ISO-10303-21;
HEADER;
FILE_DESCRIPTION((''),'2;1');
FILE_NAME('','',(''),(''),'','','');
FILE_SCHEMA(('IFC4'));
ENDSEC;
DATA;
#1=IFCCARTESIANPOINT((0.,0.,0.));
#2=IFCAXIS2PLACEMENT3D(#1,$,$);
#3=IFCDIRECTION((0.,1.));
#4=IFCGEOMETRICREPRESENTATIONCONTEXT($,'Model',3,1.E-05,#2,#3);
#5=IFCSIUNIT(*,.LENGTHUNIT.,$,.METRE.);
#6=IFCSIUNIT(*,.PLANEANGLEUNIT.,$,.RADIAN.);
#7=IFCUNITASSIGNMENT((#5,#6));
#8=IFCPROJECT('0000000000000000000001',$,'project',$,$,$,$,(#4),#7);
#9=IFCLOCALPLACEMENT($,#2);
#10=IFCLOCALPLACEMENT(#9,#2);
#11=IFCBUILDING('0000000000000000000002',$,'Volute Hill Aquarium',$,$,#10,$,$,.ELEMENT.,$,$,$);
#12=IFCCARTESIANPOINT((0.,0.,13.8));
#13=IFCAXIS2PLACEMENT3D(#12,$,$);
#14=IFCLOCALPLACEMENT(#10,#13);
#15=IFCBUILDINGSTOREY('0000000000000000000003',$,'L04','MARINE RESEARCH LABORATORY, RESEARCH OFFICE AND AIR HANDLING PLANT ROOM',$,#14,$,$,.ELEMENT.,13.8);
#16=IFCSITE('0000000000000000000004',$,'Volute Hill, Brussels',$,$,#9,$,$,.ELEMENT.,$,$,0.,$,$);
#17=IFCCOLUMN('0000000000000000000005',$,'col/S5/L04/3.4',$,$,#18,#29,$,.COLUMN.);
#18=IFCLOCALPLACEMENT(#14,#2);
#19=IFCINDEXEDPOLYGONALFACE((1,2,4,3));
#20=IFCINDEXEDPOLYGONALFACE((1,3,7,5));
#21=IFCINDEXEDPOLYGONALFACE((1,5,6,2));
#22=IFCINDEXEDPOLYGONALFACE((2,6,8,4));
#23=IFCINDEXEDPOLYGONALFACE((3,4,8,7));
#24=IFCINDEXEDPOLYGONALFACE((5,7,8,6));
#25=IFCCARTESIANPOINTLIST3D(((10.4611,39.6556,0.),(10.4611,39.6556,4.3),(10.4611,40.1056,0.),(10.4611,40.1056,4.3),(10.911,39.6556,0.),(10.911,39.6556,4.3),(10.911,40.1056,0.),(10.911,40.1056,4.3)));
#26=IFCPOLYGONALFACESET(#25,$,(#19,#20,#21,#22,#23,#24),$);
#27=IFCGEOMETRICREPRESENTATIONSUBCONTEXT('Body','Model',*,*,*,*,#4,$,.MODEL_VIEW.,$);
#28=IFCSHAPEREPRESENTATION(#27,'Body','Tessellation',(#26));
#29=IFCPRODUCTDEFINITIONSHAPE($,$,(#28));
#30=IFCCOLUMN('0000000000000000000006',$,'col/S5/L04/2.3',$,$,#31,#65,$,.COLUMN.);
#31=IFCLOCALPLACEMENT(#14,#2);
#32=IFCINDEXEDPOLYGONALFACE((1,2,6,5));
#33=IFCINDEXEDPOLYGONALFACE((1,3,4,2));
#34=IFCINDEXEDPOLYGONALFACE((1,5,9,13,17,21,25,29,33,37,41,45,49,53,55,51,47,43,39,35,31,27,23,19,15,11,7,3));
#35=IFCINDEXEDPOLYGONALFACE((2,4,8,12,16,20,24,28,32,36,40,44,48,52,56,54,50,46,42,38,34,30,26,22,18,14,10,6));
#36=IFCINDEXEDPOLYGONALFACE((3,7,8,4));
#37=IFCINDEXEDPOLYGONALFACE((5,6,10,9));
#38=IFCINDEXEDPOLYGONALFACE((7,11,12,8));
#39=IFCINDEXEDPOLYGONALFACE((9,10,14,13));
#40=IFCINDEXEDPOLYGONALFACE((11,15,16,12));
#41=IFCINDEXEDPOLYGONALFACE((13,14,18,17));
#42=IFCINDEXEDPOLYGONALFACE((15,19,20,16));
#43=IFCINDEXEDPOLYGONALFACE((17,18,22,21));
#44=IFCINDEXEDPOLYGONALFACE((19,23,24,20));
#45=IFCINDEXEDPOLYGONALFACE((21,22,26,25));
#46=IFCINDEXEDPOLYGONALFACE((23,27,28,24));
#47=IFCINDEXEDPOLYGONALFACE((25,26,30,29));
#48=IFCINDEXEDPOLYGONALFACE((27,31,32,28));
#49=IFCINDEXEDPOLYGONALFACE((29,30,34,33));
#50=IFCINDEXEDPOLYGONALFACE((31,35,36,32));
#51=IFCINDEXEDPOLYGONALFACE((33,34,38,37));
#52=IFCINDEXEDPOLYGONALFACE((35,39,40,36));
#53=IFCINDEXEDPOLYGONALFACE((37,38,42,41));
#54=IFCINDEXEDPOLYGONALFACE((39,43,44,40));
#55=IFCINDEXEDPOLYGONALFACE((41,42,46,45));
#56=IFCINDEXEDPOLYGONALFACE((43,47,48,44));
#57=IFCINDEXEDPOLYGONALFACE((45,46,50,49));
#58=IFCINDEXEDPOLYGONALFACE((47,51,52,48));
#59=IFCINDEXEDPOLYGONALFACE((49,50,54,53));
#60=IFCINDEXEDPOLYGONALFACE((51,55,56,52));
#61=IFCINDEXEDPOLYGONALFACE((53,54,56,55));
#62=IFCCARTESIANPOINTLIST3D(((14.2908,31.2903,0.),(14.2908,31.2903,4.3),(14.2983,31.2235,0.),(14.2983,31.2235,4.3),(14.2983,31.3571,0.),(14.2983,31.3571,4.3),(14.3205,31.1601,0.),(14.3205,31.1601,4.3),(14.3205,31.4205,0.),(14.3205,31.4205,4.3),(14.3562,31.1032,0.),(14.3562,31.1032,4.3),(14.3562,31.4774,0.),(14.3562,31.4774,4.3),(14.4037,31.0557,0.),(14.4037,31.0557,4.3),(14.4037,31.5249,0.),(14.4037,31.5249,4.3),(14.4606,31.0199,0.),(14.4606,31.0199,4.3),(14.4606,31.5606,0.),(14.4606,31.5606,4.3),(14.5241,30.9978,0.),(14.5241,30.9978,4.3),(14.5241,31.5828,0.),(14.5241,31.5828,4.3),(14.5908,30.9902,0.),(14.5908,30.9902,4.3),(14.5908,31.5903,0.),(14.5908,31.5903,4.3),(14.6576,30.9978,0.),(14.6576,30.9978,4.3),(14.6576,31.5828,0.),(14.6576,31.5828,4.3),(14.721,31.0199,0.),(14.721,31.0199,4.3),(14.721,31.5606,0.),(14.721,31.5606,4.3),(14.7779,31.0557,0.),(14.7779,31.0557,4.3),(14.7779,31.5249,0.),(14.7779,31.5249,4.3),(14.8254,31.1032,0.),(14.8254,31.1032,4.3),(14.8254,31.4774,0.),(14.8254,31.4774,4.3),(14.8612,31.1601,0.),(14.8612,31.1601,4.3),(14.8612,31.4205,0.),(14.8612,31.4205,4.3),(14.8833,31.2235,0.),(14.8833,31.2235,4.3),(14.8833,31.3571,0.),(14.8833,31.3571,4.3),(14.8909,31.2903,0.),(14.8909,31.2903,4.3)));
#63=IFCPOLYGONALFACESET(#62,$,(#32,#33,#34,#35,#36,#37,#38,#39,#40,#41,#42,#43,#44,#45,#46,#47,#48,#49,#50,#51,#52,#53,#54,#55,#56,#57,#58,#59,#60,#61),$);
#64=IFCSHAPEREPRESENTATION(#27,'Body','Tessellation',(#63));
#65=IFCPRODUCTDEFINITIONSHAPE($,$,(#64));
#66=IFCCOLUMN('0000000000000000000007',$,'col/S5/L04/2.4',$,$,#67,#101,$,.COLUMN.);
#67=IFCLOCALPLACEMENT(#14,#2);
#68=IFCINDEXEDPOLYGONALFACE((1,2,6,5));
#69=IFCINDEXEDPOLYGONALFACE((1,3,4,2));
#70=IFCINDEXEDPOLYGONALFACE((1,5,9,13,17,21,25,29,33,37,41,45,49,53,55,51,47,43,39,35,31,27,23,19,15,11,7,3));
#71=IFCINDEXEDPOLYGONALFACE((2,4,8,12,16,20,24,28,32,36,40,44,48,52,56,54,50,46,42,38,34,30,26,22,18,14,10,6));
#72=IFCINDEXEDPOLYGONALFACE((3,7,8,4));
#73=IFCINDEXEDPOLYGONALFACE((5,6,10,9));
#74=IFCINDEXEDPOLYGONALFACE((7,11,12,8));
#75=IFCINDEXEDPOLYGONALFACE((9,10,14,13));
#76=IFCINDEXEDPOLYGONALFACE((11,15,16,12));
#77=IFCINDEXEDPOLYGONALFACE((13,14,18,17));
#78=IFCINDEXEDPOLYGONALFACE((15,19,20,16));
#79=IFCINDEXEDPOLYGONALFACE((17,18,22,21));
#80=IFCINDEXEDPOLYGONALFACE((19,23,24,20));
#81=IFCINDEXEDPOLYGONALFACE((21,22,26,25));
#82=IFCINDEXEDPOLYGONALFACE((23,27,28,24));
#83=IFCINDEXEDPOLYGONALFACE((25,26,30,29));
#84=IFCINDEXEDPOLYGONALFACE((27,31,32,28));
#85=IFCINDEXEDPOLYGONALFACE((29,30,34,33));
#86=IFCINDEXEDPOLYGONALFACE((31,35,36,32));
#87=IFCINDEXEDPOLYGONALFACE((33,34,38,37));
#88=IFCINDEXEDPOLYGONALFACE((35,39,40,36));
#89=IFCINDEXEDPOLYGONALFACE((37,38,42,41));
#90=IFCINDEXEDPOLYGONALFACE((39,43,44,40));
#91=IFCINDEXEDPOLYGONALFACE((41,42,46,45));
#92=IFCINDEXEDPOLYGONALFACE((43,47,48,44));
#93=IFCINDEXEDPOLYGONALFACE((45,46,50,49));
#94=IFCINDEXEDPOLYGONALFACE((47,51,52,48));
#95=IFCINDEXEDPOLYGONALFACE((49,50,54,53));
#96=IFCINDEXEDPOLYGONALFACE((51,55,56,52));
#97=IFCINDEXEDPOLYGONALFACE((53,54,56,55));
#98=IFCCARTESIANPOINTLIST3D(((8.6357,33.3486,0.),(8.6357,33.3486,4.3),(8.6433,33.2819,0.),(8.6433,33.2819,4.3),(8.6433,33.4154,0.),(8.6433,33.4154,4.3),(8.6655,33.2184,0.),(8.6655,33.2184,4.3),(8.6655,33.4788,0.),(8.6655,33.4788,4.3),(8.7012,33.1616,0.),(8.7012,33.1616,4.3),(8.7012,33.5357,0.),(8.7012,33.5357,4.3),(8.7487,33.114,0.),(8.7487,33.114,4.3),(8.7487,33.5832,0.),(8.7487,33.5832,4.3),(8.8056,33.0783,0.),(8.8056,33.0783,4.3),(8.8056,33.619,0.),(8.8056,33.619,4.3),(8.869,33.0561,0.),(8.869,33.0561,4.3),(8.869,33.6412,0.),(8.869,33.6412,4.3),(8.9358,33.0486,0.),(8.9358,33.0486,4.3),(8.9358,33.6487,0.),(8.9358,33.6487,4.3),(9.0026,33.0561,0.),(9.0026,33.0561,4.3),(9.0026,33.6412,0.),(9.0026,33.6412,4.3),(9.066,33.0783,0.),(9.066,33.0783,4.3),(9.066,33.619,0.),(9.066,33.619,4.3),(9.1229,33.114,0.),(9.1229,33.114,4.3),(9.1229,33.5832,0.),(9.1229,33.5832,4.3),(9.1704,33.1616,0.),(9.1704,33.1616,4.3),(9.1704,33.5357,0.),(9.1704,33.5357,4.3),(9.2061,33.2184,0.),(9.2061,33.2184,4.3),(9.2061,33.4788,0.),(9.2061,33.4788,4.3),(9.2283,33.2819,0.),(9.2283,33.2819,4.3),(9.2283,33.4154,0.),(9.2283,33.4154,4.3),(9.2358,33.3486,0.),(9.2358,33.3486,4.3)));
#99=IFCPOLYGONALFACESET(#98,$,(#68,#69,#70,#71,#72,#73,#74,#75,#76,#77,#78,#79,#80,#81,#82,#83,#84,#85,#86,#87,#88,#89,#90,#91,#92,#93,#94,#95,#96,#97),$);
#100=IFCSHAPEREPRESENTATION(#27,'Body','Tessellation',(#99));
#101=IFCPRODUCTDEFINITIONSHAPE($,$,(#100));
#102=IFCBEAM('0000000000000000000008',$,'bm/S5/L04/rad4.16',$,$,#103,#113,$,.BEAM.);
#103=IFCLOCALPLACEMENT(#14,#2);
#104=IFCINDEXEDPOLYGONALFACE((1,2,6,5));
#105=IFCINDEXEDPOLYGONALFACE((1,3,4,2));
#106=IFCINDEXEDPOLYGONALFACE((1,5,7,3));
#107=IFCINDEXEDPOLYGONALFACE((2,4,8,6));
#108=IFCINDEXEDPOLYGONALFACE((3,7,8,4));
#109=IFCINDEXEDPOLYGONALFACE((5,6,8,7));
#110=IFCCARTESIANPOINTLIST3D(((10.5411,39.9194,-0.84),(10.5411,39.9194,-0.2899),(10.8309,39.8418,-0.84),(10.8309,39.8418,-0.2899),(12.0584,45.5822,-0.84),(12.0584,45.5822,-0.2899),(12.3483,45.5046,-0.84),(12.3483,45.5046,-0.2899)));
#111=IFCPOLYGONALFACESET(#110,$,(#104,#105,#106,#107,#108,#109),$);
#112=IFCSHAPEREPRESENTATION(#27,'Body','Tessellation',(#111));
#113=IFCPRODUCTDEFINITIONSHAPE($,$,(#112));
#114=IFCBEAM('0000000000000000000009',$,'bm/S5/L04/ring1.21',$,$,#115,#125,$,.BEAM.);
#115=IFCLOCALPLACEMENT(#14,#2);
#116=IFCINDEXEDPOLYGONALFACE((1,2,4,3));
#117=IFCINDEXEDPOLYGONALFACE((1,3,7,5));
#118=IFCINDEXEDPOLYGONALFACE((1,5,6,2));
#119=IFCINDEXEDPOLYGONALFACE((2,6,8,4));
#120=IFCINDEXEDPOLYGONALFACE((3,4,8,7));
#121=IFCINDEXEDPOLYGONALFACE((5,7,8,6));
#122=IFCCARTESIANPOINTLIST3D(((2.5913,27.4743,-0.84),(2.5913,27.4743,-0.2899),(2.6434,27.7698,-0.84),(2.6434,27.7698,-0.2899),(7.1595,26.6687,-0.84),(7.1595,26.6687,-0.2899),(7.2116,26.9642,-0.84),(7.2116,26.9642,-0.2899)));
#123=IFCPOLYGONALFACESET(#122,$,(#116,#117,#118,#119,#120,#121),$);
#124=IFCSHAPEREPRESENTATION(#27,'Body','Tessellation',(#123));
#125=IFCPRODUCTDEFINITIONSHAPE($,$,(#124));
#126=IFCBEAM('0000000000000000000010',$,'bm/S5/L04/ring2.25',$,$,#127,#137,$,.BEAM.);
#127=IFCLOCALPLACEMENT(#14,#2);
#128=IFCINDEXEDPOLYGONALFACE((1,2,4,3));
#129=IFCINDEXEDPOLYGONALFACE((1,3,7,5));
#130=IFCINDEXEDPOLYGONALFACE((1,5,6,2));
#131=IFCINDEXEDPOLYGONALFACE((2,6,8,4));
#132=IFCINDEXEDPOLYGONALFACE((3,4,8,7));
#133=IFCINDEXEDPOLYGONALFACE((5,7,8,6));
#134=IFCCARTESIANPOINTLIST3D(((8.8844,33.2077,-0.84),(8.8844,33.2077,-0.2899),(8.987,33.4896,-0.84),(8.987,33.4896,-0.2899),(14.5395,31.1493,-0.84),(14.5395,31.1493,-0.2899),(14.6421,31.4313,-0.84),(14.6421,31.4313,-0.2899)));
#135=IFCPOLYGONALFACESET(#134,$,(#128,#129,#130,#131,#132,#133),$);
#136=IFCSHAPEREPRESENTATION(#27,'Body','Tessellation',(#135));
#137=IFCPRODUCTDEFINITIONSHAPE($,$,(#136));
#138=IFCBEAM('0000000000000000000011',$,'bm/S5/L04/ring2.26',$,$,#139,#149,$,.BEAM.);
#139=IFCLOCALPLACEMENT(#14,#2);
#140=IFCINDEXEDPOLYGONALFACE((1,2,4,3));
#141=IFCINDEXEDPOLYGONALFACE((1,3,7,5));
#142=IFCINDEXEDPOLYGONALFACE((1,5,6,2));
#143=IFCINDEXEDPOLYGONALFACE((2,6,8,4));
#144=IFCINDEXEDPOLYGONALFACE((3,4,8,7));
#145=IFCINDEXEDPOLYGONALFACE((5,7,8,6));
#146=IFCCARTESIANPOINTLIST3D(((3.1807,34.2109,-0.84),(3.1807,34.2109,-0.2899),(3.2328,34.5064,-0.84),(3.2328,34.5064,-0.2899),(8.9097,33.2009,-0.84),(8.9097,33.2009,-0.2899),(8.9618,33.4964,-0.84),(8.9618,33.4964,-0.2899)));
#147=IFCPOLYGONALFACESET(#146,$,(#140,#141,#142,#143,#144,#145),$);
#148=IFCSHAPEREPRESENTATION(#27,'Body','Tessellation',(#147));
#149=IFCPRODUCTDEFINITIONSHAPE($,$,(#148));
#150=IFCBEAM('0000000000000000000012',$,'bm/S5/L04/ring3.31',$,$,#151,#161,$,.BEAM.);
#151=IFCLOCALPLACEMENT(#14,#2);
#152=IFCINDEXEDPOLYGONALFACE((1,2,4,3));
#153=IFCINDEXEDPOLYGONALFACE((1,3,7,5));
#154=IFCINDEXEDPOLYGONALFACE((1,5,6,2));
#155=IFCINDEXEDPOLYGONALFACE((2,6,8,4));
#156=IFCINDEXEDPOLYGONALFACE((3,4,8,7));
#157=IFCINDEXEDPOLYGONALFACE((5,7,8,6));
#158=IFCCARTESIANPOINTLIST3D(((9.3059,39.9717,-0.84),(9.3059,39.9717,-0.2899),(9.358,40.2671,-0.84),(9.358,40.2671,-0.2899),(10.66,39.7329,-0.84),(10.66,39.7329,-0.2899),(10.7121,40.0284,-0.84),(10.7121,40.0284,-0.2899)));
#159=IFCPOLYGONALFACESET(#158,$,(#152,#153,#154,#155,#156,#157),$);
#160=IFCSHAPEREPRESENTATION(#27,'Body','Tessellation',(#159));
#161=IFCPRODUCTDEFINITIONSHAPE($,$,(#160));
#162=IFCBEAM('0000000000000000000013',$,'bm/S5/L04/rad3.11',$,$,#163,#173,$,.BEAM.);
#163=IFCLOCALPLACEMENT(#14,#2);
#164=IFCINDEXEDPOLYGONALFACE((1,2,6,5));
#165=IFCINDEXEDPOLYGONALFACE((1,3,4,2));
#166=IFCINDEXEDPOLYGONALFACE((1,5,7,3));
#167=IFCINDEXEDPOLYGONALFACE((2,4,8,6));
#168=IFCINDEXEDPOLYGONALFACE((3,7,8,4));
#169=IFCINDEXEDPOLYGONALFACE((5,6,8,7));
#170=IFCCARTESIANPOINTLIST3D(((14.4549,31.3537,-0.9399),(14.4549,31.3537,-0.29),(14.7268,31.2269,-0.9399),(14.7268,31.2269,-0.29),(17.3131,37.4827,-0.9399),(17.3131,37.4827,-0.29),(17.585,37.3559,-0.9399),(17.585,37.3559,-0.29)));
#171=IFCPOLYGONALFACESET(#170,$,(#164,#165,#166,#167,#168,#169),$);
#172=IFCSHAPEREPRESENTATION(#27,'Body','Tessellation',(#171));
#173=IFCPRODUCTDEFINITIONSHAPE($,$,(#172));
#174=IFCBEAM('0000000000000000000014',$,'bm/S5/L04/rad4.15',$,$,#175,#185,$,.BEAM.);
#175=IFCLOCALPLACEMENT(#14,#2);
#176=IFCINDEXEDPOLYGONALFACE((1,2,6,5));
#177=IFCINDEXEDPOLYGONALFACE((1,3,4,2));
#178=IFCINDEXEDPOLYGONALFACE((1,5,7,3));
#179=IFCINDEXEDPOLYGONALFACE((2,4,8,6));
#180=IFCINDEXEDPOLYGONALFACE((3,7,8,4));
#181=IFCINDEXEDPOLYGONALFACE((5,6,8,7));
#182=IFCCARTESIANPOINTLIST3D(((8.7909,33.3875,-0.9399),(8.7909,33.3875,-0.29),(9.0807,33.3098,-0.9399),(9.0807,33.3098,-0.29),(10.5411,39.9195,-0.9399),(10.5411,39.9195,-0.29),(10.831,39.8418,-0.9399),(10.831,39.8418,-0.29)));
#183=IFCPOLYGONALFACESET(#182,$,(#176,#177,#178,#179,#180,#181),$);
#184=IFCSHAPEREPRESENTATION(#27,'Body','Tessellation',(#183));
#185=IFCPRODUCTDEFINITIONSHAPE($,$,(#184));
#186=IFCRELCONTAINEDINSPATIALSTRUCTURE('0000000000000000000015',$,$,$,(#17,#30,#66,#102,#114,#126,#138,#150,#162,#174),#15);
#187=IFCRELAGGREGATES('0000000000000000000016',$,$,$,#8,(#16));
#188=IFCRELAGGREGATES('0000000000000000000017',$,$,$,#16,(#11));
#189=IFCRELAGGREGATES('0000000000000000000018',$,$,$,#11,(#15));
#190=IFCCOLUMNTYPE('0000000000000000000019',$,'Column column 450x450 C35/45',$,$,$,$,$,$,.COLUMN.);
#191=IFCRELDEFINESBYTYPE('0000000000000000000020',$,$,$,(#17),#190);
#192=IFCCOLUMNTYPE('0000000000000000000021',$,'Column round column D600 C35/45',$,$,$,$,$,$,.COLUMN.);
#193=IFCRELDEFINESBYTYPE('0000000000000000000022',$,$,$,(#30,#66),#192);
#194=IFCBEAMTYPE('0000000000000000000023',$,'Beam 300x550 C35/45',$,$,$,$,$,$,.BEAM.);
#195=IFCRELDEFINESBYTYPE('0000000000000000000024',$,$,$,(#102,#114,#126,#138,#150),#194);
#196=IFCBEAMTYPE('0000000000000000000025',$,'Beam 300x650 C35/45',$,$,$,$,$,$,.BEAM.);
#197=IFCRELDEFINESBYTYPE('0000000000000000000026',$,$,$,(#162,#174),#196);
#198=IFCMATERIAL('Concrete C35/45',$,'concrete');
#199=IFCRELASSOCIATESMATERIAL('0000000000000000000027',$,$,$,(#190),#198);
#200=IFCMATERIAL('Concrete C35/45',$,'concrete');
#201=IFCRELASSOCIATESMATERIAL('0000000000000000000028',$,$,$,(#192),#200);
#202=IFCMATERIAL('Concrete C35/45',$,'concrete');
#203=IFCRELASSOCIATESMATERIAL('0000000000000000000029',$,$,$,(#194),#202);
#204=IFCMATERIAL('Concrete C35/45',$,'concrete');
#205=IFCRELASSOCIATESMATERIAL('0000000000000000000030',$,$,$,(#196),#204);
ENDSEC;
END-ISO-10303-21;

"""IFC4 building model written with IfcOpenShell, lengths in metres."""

from ifc_helpers import new_model, si_unit, direction, frame, origin, origin_2d, place, context, subcontext, project, spatial, rectangle, circle, extrude, material, material_profile, profile_set, type_object, element, save


model = new_model("IFC4")

# Units and contexts
model_context = context("Model", 3, precision=1e-05, world=origin(), true_north=direction((0.0, 1.0)))
body_context = subcontext(model_context, "Body", "Model", "MODEL_VIEW")
ifc_project = project(units=[si_unit("LENGTHUNIT", "METRE"), si_unit("PLANEANGLEUNIT", "RADIAN")], contexts=[model_context])

# Site, building, storey
site_placement = place(None, origin())
site = spatial("IfcSite", under=ifc_project, at=site_placement, Name="Volute Hill, Brussels", CompositionType="ELEMENT", RefElevation=0.0)
building_placement = place(site_placement, origin())
building = spatial("IfcBuilding", under=site, at=building_placement, Name="Volute Hill Aquarium", CompositionType="ELEMENT")
storey_placement = place(building_placement, frame((0.0, 0.0, 13.8)))
storey = spatial("IfcBuildingStorey", under=building, at=storey_placement, Name="L04", Description="MARINE RESEARCH LABORATORY, RESEARCH OFFICE AND AIR HANDLING PLANT ROOM", CompositionType="ELEMENT", Elevation=13.8)

# Columns
ifc_material_1 = material(Name="Concrete C35/45", Category="concrete")
ifc_material_profile_1 = material_profile(ifc_material_1, rectangle(XDim=0.45, YDim=0.45, at=origin_2d()), Name="RC column 450x450")
ifc_profile_set_1 = profile_set([ifc_material_profile_1], Name="Concrete C35/45")
column_type_1 = type_object("IfcColumnType", Name="Column column 450x450 C35/45", PredefinedType="COLUMN", material=ifc_profile_set_1)
column_placement = place(storey_placement, frame((10.686, 39.8806, 0.0), z_axis=(0.0, 0.0, 1.0), x_axis=(1.0, 0.0, 0.0)))
element("IfcColumn", 1, at=column_placement, inside=storey, type_object=column_type_1, Name="col/S5/L04/3.4", PredefinedType="COLUMN", context=body_context, shape_type="SweptSolid", body=[
    extrude(rectangle(XDim=0.45, YDim=0.45, at=origin_2d()), origin(), (0.0, 0.0, 1.0), 4.3),
])
ifc_material_2 = material(Name="Concrete C35/45", Category="concrete")
ifc_material_profile_2 = material_profile(ifc_material_2, circle(Radius=0.3, at=origin_2d()), Name="RC round column D600")
ifc_profile_set_2 = profile_set([ifc_material_profile_2], Name="Concrete C35/45")
column_type_2 = type_object("IfcColumnType", Name="Column round column D600 C35/45", PredefinedType="COLUMN", material=ifc_profile_set_2)
for number, where, z_axis, x_axis, name in (
    (2, (14.5908, 31.2903, 0.0), (0.0, 0.0, 1.0), (1.0, 0.0, 0.0), "col/S5/L04/2.3"),
    (3, (8.9358, 33.3486, 0.0), (0.0, 0.0, 1.0), (1.0, 0.0, 0.0), "col/S5/L04/2.4"),
):
    element("IfcColumn", number, at=place(storey_placement, frame(where, z_axis=z_axis, x_axis=x_axis)), inside=storey, type_object=column_type_2, Name=name, PredefinedType="COLUMN", context=body_context, shape_type="SweptSolid", body=[
        extrude(circle(Radius=0.3, at=origin_2d()), origin(), (0.0, 0.0, 1.0), 4.3),
    ])

# Beams
ifc_material_3 = material(Name="Concrete C35/45", Category="concrete")
ifc_material_profile_3 = material_profile(ifc_material_3, rectangle(XDim=0.3, YDim=0.55, at=origin_2d()), Name="RC beam 300x550")
ifc_profile_set_3 = profile_set([ifc_material_profile_3], Name="Concrete C35/45")
beam_type_1 = type_object("IfcBeamType", Name="Beam 300x550 C35/45", PredefinedType="BEAM", material=ifc_profile_set_3)
beam_1_placement = place(storey_placement, frame((10.686, 39.8806, -0.5649), z_axis=(0.258816, 0.965927, 0.0), x_axis=(-0.965927, 0.258816, 0.0)))
element("IfcBeam", 4, at=beam_1_placement, inside=storey, type_object=beam_type_1, Name="bm/S5/L04/rad4.16", PredefinedType="BEAM", context=body_context, shape_type="SweptSolid", body=[
    extrude(rectangle(XDim=0.3, YDim=0.55, at=origin_2d()), origin(), (0.0, 0.0, 1.0), 5.8625),
])
beam_2_placement = place(storey_placement, frame((7.1855, 26.8164, -0.5649), z_axis=(-0.984801, 0.173686, 0.0), x_axis=(-0.173686, -0.984801, 0.0)))
element("IfcBeam", 5, at=beam_2_placement, inside=storey, type_object=beam_type_1, Name="bm/S5/L04/ring1.21", PredefinedType="BEAM", context=body_context, shape_type="SweptSolid", body=[
    extrude(rectangle(XDim=0.3, YDim=0.55, at=origin_2d()), origin(), (0.0, 0.0, 1.0), 4.6387),
])
beam_3_placement = place(storey_placement, frame((14.5908, 31.2903, -0.5649), z_axis=(-0.939688, 0.342033, 0.0), x_axis=(-0.342033, -0.939688, 0.0)))
element("IfcBeam", 6, at=beam_3_placement, inside=storey, type_object=beam_type_1, Name="bm/S5/L04/ring2.25", PredefinedType="BEAM", context=body_context, shape_type="SweptSolid", body=[
    extrude(rectangle(XDim=0.3, YDim=0.55, at=origin_2d()), origin(), (0.0, 0.0, 1.0), 6.0181),
])
beam_4_placement = place(storey_placement, frame((8.9358, 33.3486, -0.5649), z_axis=(-0.984813, 0.17362, 0.0), x_axis=(-0.17362, -0.984813, 0.0)))
element("IfcBeam", 7, at=beam_4_placement, inside=storey, type_object=beam_type_1, Name="bm/S5/L04/ring2.26", PredefinedType="BEAM", context=body_context, shape_type="SweptSolid", body=[
    extrude(rectangle(XDim=0.3, YDim=0.55, at=origin_2d()), origin(), (0.0, 0.0, 1.0), 5.8174),
])
beam_5_placement = place(storey_placement, frame((10.686, 39.8806, -0.5649), z_axis=(-0.984805, 0.173664, 0.0), x_axis=(-0.173664, -0.984805, 0.0)))
element("IfcBeam", 8, at=beam_5_placement, inside=storey, type_object=beam_type_1, Name="bm/S5/L04/ring3.31", PredefinedType="BEAM", context=body_context, shape_type="SweptSolid", body=[
    extrude(rectangle(XDim=0.3, YDim=0.55, at=origin_2d()), origin(), (0.0, 0.0, 1.0), 1.375),
])
ifc_material_4 = material(Name="Concrete C35/45", Category="concrete")
ifc_material_profile_4 = material_profile(ifc_material_4, rectangle(XDim=0.3, YDim=0.6499, at=origin_2d()), Name="RC beam 300x650")
ifc_profile_set_4 = profile_set([ifc_material_profile_4], Name="Concrete C35/45")
beam_type_2 = type_object("IfcBeamType", Name="Beam 300x650 C35/45", PredefinedType="BEAM", material=ifc_profile_set_4)
beam_6_placement = place(storey_placement, frame((14.5908, 31.2903, -0.615), z_axis=(0.422642, 0.906297, 0.0), x_axis=(-0.906297, 0.422642, 0.0)))
element("IfcBeam", 9, at=beam_6_placement, inside=storey, type_object=beam_type_2, Name="bm/S5/L04/rad3.11", PredefinedType="BEAM", context=body_context, shape_type="SweptSolid", body=[
    extrude(rectangle(XDim=0.3, YDim=0.6499, at=origin_2d()), origin(), (0.0, 0.0, 1.0), 6.7627),
])
beam_7_placement = place(storey_placement, frame((8.9358, 33.3486, -0.615), z_axis=(0.25882, 0.965926, 0.0), x_axis=(-0.965926, 0.25882, 0.0)))
element("IfcBeam", 10, at=beam_7_placement, inside=storey, type_object=beam_type_2, Name="bm/S5/L04/rad4.15", PredefinedType="BEAM", context=body_context, shape_type="SweptSolid", body=[
    extrude(rectangle(XDim=0.3, YDim=0.6499, at=origin_2d()), origin(), (0.0, 0.0, 1.0), 6.7625),
])

save(model, "model.ifc")
